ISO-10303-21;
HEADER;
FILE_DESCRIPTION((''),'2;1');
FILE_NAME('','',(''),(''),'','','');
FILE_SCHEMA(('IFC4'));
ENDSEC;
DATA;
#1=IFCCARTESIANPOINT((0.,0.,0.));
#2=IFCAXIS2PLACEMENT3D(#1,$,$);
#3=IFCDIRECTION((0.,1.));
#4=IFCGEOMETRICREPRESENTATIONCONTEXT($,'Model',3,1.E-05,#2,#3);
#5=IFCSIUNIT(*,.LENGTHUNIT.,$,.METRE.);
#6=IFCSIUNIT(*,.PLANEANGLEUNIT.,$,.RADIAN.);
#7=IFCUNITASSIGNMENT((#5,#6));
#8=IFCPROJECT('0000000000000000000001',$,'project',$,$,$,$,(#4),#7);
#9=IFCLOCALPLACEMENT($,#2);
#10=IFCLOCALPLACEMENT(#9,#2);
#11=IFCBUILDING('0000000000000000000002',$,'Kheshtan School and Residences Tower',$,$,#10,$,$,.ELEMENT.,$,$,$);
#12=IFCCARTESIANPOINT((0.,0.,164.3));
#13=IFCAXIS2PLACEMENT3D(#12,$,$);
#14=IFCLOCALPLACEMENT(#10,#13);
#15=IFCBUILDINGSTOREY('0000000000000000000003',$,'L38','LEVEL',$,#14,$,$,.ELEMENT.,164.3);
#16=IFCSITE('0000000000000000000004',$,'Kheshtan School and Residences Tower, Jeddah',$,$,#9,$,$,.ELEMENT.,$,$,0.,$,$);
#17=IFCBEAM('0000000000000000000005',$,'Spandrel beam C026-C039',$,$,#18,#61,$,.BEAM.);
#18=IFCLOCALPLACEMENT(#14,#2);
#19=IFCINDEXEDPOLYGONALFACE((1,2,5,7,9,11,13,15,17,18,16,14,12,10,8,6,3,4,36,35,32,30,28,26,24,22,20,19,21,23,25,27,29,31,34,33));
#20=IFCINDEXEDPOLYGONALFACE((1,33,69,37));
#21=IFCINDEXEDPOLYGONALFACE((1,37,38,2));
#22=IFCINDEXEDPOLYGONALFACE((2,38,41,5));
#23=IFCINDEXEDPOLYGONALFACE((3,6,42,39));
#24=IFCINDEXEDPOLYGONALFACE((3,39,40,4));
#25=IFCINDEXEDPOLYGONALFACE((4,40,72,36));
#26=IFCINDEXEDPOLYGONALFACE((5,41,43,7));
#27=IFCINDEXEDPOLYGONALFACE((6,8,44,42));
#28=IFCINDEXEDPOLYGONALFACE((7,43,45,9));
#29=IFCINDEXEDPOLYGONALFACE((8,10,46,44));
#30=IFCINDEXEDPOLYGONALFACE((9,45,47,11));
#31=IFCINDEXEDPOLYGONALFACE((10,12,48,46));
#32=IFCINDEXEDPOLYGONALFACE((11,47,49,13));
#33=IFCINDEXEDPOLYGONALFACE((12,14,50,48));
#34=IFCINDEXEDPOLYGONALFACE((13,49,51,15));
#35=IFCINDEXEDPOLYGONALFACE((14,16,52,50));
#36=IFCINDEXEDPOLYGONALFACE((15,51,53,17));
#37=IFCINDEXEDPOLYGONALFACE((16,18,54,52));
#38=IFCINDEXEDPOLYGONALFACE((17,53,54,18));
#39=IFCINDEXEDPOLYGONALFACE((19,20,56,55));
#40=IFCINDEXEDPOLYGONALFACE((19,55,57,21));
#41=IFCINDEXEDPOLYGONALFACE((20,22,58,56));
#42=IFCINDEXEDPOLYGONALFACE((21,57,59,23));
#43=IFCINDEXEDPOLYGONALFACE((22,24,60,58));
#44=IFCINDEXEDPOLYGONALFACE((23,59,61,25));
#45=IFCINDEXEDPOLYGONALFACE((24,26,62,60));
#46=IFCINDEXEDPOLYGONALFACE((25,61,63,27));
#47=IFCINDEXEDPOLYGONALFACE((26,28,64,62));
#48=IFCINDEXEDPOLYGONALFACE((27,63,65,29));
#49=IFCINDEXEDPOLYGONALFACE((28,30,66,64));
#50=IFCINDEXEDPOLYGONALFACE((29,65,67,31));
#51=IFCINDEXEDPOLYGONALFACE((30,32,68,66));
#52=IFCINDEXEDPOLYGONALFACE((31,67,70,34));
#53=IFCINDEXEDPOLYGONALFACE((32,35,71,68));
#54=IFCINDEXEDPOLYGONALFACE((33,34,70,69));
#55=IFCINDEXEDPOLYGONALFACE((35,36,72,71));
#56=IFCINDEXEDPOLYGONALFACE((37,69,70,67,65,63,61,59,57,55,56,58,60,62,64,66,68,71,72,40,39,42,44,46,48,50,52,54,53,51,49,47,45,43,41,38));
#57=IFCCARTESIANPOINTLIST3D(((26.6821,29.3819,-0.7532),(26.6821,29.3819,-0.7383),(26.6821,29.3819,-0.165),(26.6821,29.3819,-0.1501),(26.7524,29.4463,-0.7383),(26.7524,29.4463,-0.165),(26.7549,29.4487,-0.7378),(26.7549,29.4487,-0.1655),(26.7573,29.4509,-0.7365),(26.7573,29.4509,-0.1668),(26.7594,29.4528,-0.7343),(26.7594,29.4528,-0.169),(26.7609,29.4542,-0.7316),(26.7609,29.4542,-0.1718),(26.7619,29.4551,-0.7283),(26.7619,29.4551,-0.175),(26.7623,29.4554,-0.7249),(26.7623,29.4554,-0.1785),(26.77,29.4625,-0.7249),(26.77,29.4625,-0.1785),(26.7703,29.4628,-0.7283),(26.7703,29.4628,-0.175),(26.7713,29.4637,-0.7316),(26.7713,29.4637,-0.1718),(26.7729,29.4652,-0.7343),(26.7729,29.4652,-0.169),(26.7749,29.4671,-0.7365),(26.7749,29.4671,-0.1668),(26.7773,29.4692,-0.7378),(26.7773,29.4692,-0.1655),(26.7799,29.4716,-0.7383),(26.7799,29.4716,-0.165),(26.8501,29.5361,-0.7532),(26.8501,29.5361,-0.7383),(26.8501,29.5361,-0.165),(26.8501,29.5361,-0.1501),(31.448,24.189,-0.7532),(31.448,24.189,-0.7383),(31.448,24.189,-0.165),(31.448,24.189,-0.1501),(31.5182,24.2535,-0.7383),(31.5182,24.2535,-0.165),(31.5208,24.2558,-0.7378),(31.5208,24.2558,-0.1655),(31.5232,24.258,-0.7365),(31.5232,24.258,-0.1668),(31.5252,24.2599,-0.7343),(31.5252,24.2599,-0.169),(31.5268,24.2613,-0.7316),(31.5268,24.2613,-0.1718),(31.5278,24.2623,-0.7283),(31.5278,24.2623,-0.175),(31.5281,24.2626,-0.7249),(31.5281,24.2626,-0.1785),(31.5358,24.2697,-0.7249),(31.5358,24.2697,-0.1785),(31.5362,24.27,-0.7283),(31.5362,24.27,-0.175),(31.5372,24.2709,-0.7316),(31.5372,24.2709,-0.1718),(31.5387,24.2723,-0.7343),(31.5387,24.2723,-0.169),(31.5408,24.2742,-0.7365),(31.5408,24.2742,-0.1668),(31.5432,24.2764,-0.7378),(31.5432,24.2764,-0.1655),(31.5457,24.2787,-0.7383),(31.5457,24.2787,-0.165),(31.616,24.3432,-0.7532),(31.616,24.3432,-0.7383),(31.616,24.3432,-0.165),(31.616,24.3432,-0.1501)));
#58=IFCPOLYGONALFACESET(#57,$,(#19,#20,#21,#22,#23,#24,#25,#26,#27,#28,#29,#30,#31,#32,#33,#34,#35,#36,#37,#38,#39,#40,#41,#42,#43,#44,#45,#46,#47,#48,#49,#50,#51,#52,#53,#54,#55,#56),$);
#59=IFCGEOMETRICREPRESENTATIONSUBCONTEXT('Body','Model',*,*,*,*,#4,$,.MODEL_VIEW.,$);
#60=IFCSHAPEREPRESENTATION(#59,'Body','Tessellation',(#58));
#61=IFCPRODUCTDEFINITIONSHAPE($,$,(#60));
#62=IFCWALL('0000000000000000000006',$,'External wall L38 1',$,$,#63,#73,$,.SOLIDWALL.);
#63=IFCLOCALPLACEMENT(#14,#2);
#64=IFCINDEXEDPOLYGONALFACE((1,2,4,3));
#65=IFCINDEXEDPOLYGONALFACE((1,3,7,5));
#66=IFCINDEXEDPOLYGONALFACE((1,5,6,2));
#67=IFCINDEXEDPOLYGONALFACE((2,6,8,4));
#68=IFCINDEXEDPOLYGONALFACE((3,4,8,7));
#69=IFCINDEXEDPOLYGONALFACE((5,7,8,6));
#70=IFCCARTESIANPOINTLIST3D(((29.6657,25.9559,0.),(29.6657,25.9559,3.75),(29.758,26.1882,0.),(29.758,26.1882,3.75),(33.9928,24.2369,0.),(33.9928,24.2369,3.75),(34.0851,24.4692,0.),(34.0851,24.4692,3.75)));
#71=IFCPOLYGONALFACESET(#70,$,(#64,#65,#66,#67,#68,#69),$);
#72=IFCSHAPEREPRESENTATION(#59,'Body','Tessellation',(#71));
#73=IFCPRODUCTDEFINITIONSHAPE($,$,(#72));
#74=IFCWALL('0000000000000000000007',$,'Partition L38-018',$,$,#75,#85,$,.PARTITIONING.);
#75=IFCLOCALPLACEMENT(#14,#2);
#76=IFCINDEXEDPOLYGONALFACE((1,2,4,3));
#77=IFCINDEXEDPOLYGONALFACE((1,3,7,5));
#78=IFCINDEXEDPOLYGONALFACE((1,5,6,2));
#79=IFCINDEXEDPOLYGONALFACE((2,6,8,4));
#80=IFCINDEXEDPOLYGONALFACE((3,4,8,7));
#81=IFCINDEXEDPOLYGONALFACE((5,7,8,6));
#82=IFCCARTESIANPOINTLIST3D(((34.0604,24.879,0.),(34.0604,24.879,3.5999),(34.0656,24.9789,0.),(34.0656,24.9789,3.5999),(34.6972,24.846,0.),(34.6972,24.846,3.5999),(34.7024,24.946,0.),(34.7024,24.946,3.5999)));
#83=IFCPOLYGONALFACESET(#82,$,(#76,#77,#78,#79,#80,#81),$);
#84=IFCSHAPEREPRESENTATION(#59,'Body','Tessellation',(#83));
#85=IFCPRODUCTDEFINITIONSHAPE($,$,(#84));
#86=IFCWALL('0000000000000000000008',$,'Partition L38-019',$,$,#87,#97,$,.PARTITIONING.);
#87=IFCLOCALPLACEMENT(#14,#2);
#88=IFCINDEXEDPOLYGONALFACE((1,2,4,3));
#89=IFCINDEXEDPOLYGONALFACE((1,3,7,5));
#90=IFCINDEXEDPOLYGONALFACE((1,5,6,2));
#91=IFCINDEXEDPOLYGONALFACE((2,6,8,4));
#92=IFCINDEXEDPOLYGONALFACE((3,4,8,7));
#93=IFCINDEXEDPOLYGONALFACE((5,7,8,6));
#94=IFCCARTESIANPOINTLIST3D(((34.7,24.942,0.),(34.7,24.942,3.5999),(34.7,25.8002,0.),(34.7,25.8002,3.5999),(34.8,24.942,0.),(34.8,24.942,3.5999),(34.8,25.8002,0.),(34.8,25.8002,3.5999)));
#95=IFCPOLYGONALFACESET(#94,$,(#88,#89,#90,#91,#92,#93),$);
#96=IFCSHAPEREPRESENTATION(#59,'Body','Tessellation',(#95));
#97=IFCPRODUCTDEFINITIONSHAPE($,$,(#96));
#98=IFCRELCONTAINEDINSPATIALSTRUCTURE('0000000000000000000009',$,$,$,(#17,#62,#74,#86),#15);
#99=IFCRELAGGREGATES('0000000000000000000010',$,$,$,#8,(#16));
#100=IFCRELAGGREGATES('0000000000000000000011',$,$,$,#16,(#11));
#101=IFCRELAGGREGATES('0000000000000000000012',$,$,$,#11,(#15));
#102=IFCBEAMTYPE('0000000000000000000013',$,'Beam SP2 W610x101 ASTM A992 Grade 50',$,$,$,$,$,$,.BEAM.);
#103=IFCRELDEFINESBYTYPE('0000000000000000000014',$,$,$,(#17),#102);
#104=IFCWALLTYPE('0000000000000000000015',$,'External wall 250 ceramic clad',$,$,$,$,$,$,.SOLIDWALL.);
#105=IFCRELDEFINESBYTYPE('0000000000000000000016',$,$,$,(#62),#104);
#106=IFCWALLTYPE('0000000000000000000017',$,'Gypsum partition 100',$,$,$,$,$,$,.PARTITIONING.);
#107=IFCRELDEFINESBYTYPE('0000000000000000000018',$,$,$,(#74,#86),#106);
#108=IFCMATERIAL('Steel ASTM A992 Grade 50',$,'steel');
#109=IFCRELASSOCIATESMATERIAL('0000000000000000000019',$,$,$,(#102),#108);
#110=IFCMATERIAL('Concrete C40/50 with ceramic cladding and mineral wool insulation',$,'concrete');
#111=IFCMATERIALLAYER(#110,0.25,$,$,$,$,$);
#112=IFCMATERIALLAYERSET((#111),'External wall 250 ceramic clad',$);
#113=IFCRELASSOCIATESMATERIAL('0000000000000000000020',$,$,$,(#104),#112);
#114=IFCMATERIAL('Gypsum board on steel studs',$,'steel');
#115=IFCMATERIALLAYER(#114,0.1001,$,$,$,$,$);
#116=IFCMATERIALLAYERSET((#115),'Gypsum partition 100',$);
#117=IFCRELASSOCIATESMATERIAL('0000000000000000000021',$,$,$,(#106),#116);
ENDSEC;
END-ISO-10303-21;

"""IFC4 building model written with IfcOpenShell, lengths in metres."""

from ifc_helpers import new_model, si_unit, direction, frame, frame_2d, origin, origin_2d, place, context, subcontext, project, spatial, rectangle, i_section, extrude, material, layer, layer_set, material_profile, profile_set, type_object, element, save


model = new_model("IFC4")

# Units and contexts
model_context = context("Model", 3, precision=1e-05, world=origin(), true_north=direction((0.0, 1.0)))
body_context = subcontext(model_context, "Body", "Model", "MODEL_VIEW")
ifc_project = project(units=[si_unit("LENGTHUNIT", "METRE"), si_unit("PLANEANGLEUNIT", "RADIAN")], contexts=[model_context])

# Site, building, storey
site_placement = place(None, origin())
site = spatial("IfcSite", under=ifc_project, at=site_placement, Name="Kheshtan School and Residences Tower, Jeddah", CompositionType="ELEMENT", RefElevation=0.0)
building_placement = place(site_placement, origin())
building = spatial("IfcBuilding", under=site, at=building_placement, Name="Kheshtan School and Residences Tower", CompositionType="ELEMENT")
storey_placement = place(building_placement, frame((0.0, 0.0, 164.3)))
storey = spatial("IfcBuildingStorey", under=building, at=storey_placement, Name="L38", Description="LEVEL", CompositionType="ELEMENT", Elevation=164.3)

# Shared definitions
ifc_material_1 = material(Name="Steel ASTM A992 Grade 50", Category="steel")

# Beam
ifc_material_profile_1 = material_profile(ifc_material_1, i_section(OverallWidth=0.228, OverallDepth=0.603, WebThickness=0.0105, FlangeThickness=0.0149, FilletRadius=0.0134, at=origin_2d()), Name="W610x101")
ifc_profile_set_1 = profile_set([ifc_material_profile_1], Name="Steel ASTM A992 Grade 50")
beam_type_1 = type_object("IfcBeamType", Name="Beam SP2 W610x101 ASTM A992 Grade 50", PredefinedType="BEAM", material=ifc_profile_set_1)
beam_1_placement = place(storey_placement, frame((31.532, 24.2661, -0.4517), z_axis=(-0.676167, 0.736749, 0.0), x_axis=(-0.736749, -0.676167, 0.0)))
element("IfcBeam", 1, at=beam_1_placement, inside=storey, type_object=beam_type_1, Name="Spandrel beam C026-C039", PredefinedType="BEAM", context=body_context, shape_type="SweptSolid", body=[
    extrude(i_section(OverallWidth=0.228, OverallDepth=0.603, WebThickness=0.0105, FlangeThickness=0.0149, FilletRadius=0.0134, at=origin_2d()), origin(), (0.0, 0.0, 1.0), 7.0483),
])

# Walls
ifc_material_2 = material(Name="Concrete C40/50 with ceramic cladding and mineral wool insulation", Category="concrete")
ifc_layer_1 = layer(ifc_material_2, 0.25)
ifc_layer_set_1 = layer_set([ifc_layer_1], Name="External wall 250 ceramic clad")
wall_type_1 = type_object("IfcWallType", Name="External wall 250 ceramic clad", PredefinedType="SOLIDWALL", material=ifc_layer_set_1)
wall_1_placement = place(storey_placement, frame((34.0391, 24.353, 0.0), z_axis=(0.0, 0.0, 1.0), x_axis=(-0.929353, 0.369193, 0.0)))
element("IfcWall", 2, at=wall_1_placement, inside=storey, type_object=wall_type_1, Name="External wall L38 1", PredefinedType="SOLIDWALL", context=body_context, shape_type="SweptSolid", body=[
    extrude(rectangle(XDim=4.656, YDim=0.25, at=frame_2d((2.3281, 0.0))), origin(), (0.0, 0.0, 1.0), 3.75),
])
ifc_material_3 = material(Name="Gypsum board on steel studs", Category="steel")
ifc_layer_2 = layer(ifc_material_3, 0.1001)
ifc_layer_set_2 = layer_set([ifc_layer_2], Name="Gypsum partition 100")
wall_type_2 = type_object("IfcWallType", Name="Gypsum partition 100", PredefinedType="PARTITIONING", material=ifc_layer_set_2)
wall_2_placement = place(storey_placement, frame((34.063, 24.929, 0.0), z_axis=(0.0, 0.0, 1.0), x_axis=(0.998664, -0.051675, 0.0)))
element("IfcWall", 3, at=wall_2_placement, inside=storey, type_object=wall_type_2, Name="Partition L38-018", PredefinedType="PARTITIONING", context=body_context, shape_type="SweptSolid", body=[
    extrude(rectangle(XDim=0.6377, YDim=0.1001, at=frame_2d((0.3188, 0.0))), origin(), (0.0, 0.0, 1.0), 3.5999),
])
wall_3_placement = place(storey_placement, frame((34.75, 24.9419, 0.0), z_axis=(0.0, 0.0, 1.0), x_axis=(0.0, 1.0, 0.0)))
element("IfcWall", 4, at=wall_3_placement, inside=storey, type_object=wall_type_2, Name="Partition L38-019", PredefinedType="PARTITIONING", context=body_context, shape_type="SweptSolid", body=[
    extrude(rectangle(XDim=0.8582, YDim=0.1001, at=frame_2d((0.4292, 0.0))), origin(), (0.0, 0.0, 1.0), 3.5999),
])

save(model, "model.ifc")
